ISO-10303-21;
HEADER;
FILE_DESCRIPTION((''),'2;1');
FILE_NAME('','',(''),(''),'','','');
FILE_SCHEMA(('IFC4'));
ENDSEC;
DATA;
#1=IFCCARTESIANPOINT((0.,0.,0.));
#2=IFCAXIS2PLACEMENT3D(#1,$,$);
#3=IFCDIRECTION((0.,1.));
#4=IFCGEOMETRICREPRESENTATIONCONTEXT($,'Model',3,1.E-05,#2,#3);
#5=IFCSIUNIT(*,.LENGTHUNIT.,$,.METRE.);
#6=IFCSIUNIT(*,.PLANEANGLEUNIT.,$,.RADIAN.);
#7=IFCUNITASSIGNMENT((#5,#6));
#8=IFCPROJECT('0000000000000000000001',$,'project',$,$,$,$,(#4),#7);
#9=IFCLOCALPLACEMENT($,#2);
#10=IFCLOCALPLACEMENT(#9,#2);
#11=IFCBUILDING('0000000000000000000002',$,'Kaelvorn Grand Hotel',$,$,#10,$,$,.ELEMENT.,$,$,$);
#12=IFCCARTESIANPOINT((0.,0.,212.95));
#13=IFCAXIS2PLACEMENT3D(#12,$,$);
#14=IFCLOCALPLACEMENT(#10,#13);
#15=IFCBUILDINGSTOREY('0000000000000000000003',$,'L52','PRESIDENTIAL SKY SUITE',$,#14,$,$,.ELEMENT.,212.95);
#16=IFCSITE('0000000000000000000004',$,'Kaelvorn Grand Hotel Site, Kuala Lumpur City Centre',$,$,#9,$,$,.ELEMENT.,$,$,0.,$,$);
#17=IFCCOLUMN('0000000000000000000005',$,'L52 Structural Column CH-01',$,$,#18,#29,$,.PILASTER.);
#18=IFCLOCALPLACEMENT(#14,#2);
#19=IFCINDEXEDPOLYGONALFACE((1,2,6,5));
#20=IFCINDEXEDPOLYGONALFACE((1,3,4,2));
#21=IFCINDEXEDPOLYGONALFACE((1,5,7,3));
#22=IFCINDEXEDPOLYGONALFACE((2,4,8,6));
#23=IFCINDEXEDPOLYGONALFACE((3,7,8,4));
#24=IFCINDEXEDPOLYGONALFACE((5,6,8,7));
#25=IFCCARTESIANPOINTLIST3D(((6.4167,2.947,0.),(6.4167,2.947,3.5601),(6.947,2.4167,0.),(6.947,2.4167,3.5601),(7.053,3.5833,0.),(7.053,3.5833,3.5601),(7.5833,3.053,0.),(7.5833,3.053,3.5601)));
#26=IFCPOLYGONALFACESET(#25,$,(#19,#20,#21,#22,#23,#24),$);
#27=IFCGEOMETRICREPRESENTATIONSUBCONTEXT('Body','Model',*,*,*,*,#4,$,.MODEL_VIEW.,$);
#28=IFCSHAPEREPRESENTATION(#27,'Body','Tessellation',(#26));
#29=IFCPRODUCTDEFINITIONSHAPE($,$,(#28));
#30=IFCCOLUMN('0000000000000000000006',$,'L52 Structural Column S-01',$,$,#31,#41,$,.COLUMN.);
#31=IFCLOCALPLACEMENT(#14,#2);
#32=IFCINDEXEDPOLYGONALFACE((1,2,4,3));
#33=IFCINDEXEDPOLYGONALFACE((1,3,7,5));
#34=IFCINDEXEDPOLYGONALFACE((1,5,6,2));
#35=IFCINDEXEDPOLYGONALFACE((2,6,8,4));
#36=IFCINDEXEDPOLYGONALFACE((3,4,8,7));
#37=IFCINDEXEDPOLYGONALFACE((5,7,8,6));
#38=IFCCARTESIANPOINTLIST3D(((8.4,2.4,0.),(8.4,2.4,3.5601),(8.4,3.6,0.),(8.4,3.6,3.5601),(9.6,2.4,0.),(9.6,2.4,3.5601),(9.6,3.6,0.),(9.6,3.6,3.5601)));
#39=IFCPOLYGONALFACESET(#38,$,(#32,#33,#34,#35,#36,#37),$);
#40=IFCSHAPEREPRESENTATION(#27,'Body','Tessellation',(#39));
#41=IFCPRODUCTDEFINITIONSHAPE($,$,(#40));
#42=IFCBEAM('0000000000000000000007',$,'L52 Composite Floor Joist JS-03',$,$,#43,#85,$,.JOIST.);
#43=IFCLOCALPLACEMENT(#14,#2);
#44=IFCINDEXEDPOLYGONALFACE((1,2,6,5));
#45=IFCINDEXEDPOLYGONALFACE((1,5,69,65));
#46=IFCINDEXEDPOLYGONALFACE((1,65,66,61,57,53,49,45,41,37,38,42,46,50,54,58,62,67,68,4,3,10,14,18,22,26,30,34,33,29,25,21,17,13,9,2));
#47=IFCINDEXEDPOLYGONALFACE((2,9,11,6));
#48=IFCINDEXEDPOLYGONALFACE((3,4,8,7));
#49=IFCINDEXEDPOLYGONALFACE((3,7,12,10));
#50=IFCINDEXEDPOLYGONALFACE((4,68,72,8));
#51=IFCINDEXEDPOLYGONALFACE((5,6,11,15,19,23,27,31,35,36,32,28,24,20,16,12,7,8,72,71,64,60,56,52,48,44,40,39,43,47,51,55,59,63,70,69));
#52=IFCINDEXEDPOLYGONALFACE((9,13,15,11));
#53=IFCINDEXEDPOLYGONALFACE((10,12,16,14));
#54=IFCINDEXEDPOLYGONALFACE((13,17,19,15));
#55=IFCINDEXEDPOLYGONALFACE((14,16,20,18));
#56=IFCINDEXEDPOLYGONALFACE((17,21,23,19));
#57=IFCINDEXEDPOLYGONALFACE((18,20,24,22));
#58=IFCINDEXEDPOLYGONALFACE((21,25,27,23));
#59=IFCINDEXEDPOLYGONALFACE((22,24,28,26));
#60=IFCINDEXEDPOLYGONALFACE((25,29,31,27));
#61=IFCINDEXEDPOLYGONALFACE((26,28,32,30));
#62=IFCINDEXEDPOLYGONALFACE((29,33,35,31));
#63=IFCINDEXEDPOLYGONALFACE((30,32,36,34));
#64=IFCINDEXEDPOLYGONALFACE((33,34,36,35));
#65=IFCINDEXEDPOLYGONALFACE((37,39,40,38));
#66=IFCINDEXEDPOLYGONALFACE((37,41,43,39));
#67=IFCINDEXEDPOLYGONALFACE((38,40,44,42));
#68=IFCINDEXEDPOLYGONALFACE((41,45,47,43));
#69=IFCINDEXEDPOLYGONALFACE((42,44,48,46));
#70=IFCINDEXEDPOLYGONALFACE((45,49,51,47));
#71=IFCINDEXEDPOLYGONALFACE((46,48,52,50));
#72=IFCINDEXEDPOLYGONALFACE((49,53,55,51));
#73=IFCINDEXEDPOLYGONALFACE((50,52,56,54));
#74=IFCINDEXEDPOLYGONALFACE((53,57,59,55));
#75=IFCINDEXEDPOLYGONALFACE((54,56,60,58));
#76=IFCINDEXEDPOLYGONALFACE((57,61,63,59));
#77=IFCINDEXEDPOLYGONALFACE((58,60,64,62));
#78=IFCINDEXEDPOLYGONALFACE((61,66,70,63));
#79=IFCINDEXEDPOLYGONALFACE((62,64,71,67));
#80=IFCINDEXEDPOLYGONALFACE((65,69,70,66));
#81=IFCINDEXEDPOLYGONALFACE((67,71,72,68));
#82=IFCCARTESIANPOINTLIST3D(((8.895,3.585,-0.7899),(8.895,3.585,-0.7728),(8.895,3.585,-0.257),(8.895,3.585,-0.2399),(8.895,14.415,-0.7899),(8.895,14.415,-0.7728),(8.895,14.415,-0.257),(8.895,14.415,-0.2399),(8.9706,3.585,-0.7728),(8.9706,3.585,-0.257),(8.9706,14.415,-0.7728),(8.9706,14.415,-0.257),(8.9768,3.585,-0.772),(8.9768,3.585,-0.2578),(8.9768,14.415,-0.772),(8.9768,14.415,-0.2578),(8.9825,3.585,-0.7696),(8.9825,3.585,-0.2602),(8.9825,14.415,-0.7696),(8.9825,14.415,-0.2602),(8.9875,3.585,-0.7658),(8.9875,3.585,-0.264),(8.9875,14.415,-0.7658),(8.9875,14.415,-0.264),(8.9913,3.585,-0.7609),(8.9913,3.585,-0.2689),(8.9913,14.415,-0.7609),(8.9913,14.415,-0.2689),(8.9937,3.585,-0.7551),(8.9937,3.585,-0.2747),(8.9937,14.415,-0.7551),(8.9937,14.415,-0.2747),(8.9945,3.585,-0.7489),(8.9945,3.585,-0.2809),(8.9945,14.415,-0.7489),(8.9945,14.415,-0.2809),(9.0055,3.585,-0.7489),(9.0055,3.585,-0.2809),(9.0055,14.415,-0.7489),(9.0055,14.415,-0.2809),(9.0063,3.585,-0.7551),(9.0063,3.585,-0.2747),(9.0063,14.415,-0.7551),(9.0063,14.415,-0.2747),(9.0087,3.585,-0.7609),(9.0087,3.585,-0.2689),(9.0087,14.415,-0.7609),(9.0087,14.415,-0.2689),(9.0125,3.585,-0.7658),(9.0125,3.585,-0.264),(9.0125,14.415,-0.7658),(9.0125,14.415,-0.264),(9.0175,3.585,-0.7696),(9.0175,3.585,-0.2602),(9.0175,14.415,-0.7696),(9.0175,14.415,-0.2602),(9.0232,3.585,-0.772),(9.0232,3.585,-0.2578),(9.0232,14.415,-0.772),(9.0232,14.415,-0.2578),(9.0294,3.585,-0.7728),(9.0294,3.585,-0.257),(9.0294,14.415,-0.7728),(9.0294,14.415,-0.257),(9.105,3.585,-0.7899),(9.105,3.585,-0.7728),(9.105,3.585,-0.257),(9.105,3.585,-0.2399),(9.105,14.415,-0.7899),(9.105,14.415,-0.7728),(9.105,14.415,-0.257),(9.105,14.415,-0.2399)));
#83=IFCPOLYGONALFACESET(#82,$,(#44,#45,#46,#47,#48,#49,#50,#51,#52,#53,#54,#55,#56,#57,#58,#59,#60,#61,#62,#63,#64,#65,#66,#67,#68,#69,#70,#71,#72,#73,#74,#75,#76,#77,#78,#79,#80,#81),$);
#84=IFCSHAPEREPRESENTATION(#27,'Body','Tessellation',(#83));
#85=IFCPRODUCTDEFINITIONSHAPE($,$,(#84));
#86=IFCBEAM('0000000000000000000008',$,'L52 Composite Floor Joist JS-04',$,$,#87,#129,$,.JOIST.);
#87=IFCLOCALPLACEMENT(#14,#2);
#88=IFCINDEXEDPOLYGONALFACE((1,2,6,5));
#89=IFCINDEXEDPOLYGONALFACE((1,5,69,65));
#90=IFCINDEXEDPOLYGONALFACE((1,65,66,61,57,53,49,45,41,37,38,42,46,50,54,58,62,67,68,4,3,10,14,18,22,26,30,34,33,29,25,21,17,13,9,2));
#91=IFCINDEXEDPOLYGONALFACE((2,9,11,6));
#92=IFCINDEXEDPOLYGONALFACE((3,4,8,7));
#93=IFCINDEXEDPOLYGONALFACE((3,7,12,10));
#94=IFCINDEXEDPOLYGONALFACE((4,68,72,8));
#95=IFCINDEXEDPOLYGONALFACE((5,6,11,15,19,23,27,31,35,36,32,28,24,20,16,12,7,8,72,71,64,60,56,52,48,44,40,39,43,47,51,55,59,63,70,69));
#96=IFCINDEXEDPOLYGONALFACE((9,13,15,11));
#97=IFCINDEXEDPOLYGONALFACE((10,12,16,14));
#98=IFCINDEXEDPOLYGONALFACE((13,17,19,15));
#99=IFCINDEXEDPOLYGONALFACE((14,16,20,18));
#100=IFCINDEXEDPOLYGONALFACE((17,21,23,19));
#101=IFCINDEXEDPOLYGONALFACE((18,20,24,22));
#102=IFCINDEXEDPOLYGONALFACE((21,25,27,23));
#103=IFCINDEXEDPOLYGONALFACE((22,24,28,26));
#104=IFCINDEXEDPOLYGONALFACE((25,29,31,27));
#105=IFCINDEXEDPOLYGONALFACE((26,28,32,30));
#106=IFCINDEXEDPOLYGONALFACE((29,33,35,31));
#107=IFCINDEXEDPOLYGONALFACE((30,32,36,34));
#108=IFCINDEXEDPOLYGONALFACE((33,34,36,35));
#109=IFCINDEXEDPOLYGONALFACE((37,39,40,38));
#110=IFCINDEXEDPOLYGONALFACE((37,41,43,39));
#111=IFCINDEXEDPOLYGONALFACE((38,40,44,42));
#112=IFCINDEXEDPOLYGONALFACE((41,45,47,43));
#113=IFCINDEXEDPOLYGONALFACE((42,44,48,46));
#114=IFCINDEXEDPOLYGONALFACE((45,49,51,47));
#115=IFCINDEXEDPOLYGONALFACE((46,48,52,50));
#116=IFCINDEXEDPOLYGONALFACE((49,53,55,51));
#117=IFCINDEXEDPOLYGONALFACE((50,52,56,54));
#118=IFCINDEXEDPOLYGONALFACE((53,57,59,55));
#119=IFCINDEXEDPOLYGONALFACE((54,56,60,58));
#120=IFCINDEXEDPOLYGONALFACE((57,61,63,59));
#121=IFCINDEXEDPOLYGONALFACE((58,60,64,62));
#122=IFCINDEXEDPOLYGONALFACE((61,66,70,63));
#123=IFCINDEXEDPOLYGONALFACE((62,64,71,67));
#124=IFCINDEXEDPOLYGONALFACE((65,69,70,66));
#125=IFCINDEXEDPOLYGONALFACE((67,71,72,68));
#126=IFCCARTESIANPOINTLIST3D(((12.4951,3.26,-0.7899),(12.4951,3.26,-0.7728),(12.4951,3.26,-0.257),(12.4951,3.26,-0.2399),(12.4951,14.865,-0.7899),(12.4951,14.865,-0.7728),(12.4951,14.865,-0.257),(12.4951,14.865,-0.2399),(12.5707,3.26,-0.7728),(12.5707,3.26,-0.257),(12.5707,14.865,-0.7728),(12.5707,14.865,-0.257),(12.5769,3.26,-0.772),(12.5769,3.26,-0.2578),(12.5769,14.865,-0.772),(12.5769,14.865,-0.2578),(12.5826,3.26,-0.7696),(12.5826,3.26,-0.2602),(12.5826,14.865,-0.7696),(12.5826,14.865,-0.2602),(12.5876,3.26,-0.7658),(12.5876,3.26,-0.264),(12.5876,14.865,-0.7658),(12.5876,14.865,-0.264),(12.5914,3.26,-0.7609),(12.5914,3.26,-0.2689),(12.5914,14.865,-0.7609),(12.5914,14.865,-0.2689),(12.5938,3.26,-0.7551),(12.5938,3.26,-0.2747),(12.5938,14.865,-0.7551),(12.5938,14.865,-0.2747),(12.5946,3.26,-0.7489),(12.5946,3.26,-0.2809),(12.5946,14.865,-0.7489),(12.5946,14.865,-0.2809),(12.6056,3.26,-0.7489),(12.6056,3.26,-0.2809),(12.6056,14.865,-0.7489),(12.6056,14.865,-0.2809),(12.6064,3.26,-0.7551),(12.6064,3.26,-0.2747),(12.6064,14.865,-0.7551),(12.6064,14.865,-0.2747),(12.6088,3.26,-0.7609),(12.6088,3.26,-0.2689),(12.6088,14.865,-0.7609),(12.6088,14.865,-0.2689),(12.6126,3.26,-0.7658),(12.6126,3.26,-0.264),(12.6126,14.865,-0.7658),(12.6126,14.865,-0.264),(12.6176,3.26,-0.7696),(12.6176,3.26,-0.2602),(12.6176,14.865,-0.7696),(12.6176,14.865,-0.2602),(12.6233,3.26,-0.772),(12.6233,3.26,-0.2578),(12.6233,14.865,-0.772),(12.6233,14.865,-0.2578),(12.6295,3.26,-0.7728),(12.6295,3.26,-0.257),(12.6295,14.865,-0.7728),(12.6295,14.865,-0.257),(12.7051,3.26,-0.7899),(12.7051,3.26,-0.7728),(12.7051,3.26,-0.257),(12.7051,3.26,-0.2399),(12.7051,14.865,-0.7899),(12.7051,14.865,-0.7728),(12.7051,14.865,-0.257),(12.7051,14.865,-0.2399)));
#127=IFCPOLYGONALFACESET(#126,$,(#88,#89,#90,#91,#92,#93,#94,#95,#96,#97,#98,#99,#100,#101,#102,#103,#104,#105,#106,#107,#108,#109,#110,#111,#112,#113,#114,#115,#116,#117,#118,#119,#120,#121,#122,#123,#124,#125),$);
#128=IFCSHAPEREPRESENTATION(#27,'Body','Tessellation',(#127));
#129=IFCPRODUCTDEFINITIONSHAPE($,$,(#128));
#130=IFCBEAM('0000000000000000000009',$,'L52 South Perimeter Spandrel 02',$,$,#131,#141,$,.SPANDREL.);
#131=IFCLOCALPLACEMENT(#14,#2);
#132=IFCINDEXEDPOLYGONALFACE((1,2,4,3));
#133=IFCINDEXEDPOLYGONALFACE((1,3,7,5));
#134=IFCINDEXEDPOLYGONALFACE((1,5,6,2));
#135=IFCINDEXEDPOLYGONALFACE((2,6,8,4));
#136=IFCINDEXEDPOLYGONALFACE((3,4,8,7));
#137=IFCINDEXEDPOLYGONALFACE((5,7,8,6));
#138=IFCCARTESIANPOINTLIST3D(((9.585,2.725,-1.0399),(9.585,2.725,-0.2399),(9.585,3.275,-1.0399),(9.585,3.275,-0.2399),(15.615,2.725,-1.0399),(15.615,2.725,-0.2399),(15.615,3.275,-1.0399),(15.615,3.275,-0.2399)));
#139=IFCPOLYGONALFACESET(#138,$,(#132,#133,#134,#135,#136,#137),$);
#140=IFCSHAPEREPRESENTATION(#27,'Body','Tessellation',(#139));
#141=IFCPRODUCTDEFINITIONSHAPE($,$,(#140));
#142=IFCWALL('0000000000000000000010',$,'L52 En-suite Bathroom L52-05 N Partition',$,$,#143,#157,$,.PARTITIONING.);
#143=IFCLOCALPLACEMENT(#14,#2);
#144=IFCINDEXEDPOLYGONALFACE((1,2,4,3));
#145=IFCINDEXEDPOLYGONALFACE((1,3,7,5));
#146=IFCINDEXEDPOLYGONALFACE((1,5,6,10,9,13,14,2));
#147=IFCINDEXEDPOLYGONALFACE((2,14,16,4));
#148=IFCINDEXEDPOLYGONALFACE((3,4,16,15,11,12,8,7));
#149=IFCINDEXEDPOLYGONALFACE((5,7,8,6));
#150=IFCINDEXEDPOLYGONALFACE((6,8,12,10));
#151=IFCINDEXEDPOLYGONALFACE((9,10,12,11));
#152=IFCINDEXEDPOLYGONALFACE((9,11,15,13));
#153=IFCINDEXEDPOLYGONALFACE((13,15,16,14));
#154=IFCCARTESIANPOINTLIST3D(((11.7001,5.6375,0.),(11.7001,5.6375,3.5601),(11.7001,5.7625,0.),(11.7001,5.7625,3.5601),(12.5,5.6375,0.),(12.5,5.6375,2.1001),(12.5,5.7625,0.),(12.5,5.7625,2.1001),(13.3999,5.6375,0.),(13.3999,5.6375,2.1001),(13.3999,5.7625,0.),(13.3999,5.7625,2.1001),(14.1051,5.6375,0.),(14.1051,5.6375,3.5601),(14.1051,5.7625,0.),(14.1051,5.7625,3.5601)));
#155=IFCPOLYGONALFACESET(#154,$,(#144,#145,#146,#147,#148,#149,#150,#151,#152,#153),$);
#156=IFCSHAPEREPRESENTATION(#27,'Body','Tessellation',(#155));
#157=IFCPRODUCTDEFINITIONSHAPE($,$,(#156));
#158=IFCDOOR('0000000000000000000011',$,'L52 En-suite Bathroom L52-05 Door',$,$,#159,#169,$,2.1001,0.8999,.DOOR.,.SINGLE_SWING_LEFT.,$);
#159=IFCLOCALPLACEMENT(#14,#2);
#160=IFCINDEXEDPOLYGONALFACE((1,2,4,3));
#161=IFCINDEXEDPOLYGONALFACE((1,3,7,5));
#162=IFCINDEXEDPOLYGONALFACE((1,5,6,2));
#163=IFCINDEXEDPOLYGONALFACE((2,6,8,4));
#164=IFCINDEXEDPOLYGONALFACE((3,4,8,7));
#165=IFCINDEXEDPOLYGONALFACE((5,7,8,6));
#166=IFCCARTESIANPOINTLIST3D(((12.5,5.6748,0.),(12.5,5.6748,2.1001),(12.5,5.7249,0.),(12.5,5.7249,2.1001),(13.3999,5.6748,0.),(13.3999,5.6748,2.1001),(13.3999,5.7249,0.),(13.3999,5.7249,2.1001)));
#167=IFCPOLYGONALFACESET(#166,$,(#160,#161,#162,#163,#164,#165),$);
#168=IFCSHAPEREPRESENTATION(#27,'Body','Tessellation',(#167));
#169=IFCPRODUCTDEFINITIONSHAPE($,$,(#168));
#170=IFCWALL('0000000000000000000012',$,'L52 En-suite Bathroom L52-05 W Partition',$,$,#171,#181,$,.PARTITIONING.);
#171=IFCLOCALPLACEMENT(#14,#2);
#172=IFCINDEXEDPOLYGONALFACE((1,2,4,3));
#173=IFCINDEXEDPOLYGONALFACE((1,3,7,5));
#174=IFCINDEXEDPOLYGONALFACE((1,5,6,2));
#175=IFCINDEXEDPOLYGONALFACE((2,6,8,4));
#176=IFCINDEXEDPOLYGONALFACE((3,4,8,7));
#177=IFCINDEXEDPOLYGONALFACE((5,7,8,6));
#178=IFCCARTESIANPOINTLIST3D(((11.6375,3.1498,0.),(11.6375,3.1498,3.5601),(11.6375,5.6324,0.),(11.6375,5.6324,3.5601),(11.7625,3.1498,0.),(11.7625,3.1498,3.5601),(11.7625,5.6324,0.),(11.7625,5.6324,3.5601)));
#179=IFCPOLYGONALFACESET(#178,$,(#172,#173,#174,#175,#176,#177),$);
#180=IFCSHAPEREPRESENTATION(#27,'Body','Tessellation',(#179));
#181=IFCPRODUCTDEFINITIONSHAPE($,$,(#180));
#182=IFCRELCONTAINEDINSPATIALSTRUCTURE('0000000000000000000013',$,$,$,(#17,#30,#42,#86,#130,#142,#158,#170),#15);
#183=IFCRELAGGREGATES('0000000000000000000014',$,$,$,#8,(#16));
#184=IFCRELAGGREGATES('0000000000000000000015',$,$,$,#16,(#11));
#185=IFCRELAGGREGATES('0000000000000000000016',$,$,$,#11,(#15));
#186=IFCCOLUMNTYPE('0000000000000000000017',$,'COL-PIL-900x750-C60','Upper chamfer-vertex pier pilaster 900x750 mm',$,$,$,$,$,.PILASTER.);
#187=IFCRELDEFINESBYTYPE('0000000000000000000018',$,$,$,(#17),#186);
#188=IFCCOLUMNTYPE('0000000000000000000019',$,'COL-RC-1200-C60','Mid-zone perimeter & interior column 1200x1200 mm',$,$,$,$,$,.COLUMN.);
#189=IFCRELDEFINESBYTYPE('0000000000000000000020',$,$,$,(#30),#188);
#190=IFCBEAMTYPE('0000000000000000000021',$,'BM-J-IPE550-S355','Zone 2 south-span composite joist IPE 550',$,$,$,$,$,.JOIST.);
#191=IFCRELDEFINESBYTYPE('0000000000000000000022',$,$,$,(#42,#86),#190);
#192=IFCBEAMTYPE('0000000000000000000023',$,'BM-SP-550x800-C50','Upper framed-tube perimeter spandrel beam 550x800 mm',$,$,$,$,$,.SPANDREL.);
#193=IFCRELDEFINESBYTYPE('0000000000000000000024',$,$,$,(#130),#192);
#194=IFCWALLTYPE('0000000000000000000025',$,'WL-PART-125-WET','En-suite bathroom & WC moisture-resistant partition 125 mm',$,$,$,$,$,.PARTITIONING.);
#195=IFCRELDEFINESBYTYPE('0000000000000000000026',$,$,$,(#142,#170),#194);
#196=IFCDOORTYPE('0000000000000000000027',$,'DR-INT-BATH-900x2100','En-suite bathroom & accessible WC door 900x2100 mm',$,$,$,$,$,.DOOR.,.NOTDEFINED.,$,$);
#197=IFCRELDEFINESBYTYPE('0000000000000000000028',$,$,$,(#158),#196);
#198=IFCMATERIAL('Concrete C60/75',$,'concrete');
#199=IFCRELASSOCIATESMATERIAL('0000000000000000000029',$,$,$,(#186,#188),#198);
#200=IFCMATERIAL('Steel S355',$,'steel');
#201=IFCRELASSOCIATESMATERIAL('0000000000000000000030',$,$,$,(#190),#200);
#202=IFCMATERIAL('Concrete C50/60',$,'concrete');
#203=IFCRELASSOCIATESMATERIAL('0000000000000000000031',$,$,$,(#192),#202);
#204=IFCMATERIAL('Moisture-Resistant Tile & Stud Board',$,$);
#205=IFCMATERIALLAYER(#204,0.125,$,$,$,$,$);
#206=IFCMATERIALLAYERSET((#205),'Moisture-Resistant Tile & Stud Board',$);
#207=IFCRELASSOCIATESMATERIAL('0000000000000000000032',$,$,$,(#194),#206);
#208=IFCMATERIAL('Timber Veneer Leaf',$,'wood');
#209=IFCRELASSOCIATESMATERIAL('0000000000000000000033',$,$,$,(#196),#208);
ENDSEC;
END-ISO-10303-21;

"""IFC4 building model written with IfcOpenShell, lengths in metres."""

from ifc_helpers import new_model, si_unit, direction, frame, frame_2d, origin, origin_2d, place, context, subcontext, project, spatial, rectangle, i_section, extrude, material, layer, layer_set, material_profile, profile_set, type_object, element, fill, save


model = new_model("IFC4")

# Units and contexts
model_context = context("Model", 3, precision=1e-05, world=origin(), true_north=direction((0.0, 1.0)))
body_context = subcontext(model_context, "Body", "Model", "MODEL_VIEW")
ifc_project = project(units=[si_unit("LENGTHUNIT", "METRE"), si_unit("PLANEANGLEUNIT", "RADIAN")], contexts=[model_context])

# Site, building, storey
site_placement = place(None, origin())
site = spatial("IfcSite", under=ifc_project, at=site_placement, Name="Kaelvorn Grand Hotel Site, Kuala Lumpur City Centre", CompositionType="ELEMENT", RefElevation=0.0)
building_placement = place(site_placement, origin())
building = spatial("IfcBuilding", under=site, at=building_placement, Name="Kaelvorn Grand Hotel", CompositionType="ELEMENT")
storey_placement = place(building_placement, frame((0.0, 0.0, 212.95)))
storey = spatial("IfcBuildingStorey", under=building, at=storey_placement, Name="L52", Description="PRESIDENTIAL SKY SUITE", CompositionType="ELEMENT", Elevation=212.95)

# Columns
ifc_material_1 = material(Name="Concrete C60/75", Category="concrete")
ifc_material_profile_1 = material_profile(ifc_material_1, rectangle(XDim=0.8999, YDim=0.75, at=origin_2d()), Name="RC PILASTER 900x750")
ifc_profile_set_1 = profile_set([ifc_material_profile_1], Name="Concrete C60/75")
column_type_1 = type_object("IfcColumnType", Name="COL-PIL-900x750-C60", Description="Upper chamfer-vertex pier pilaster 900x750 mm", PredefinedType="PILASTER", material=ifc_profile_set_1)
column_1_placement = place(storey_placement, frame((7.0, 3.0, 0.0), z_axis=(0.0, 0.0, 1.0), x_axis=(0.707107, 0.707107, 0.0)))
element("IfcColumn", 1, at=column_1_placement, inside=storey, type_object=column_type_1, Name="L52 Structural Column CH-01", PredefinedType="PILASTER", context=body_context, shape_type="SweptSolid", body=[
    extrude(rectangle(XDim=0.8999, YDim=0.75, at=origin_2d()), origin(), (0.0, 0.0, 1.0), 3.5601),
])
ifc_material_profile_2 = material_profile(ifc_material_1, rectangle(XDim=1.2, YDim=1.2, at=origin_2d()), Name="RC COL 1200x1200")
ifc_profile_set_2 = profile_set([ifc_material_profile_2], Name="Concrete C60/75")
column_type_2 = type_object("IfcColumnType", Name="COL-RC-1200-C60", Description="Mid-zone perimeter & interior column 1200x1200 mm", PredefinedType="COLUMN", material=ifc_profile_set_2)
column_2_placement = place(storey_placement, frame((9.0, 3.0, 0.0), z_axis=(0.0, 0.0, 1.0), x_axis=(1.0, 0.0, 0.0)))
element("IfcColumn", 2, at=column_2_placement, inside=storey, type_object=column_type_2, Name="L52 Structural Column S-01", PredefinedType="COLUMN", context=body_context, shape_type="SweptSolid", body=[
    extrude(rectangle(XDim=1.2, YDim=1.2, at=origin_2d()), origin(), (0.0, 0.0, 1.0), 3.5601),
])

# Beams
ifc_material_2 = material(Name="Steel S355", Category="steel")
ifc_material_profile_3 = material_profile(ifc_material_2, i_section(OverallWidth=0.21, OverallDepth=0.55, WebThickness=0.011, FlangeThickness=0.0171, FilletRadius=0.0239, at=origin_2d()), Name="IPE 550")
ifc_profile_set_3 = profile_set([ifc_material_profile_3], Name="Steel S355")
beam_type_1 = type_object("IfcBeamType", Name="BM-J-IPE550-S355", Description="Zone 2 south-span composite joist IPE 550", PredefinedType="JOIST", material=ifc_profile_set_3)
beam_1_placement = place(storey_placement, frame((9.0, 3.585, -0.5149), z_axis=(0.0, 1.0, 0.0), x_axis=(-1.0, 0.0, 0.0)))
element("IfcBeam", 3, at=beam_1_placement, inside=storey, type_object=beam_type_1, Name="L52 Composite Floor Joist JS-03", PredefinedType="JOIST", context=body_context, shape_type="SweptSolid", body=[
    extrude(i_section(OverallWidth=0.21, OverallDepth=0.55, WebThickness=0.011, FlangeThickness=0.0171, FilletRadius=0.0239, at=origin_2d()), origin(), (0.0, 0.0, 1.0), 10.8301),
])
beam_2_placement = place(storey_placement, frame((12.6001, 3.26, -0.5149), z_axis=(0.0, 1.0, 0.0), x_axis=(-1.0, 0.0, 0.0)))
element("IfcBeam", 4, at=beam_2_placement, inside=storey, type_object=beam_type_1, Name="L52 Composite Floor Joist JS-04", PredefinedType="JOIST", context=body_context, shape_type="SweptSolid", body=[
    extrude(i_section(OverallWidth=0.21, OverallDepth=0.55, WebThickness=0.011, FlangeThickness=0.0171, FilletRadius=0.0239, at=origin_2d()), origin(), (0.0, 0.0, 1.0), 11.605),
])
ifc_material_3 = material(Name="Concrete C50/60", Category="concrete")
ifc_material_profile_4 = material_profile(ifc_material_3, rectangle(XDim=0.55, YDim=0.8, at=origin_2d()), Name="RC SPANDREL 550x800")
ifc_profile_set_4 = profile_set([ifc_material_profile_4], Name="Concrete C50/60")
beam_type_2 = type_object("IfcBeamType", Name="BM-SP-550x800-C50", Description="Upper framed-tube perimeter spandrel beam 550x800 mm", PredefinedType="SPANDREL", material=ifc_profile_set_4)
beam_3_placement = place(storey_placement, frame((9.585, 3.0, -0.6399), z_axis=(1.0, 0.0, 0.0), x_axis=(0.0, 1.0, 0.0)))
element("IfcBeam", 5, at=beam_3_placement, inside=storey, type_object=beam_type_2, Name="L52 South Perimeter Spandrel 02", PredefinedType="SPANDREL", context=body_context, shape_type="SweptSolid", body=[
    extrude(rectangle(XDim=0.55, YDim=0.8, at=origin_2d()), origin(), (0.0, 0.0, 1.0), 6.03),
])

# Wall, opening, door
ifc_material_4 = material(Name="Moisture-Resistant Tile & Stud Board")
ifc_layer_1 = layer(ifc_material_4, 0.125)
ifc_layer_set_1 = layer_set([ifc_layer_1], Name="Moisture-Resistant Tile & Stud Board")
wall_type_1 = type_object("IfcWallType", Name="WL-PART-125-WET", Description="En-suite bathroom & WC moisture-resistant partition 125 mm", PredefinedType="PARTITIONING", material=ifc_layer_set_1)
wall_1_placement = place(storey_placement, frame((11.7, 5.7, 0.0), z_axis=(0.0, 0.0, 1.0), x_axis=(1.0, 0.0, 0.0)))
wall_1 = element("IfcWall", 6, at=wall_1_placement, inside=storey, type_object=wall_type_1, Name="L52 En-suite Bathroom L52-05 N Partition", PredefinedType="PARTITIONING", context=body_context, shape_type="SweptSolid", body=[
    extrude(rectangle(XDim=2.405, YDim=0.125, at=frame_2d((1.2026, 0.0))), origin(), (0.0, 0.0, 1.0), 3.5601),
])
opening_1_placement = place(wall_1_placement, frame((0.8, 0.0, 0.0)))
opening_1 = element("IfcOpeningElement", 7, at=opening_1_placement, cuts=wall_1, PredefinedType="OPENING", context=body_context, shape_type="SweptSolid", body=[
    extrude(rectangle(XDim=0.8999, YDim=2.1001, at=frame_2d((0.45, 1.05))), frame((0.0, 0.0725, 0.0), z_axis=(0.0, -1.0, 0.0), x_axis=(1.0, 0.0, 0.0)), (0.0, 0.0, 1.0), 0.145),
])
ifc_material_5 = material(Name="Timber Veneer Leaf", Category="wood")
door_type_1 = type_object("IfcDoorType", Name="DR-INT-BATH-900x2100", Description="En-suite bathroom & accessible WC door 900x2100 mm", OperationType="NOTDEFINED", PredefinedType="DOOR", material=ifc_material_5)
door_1_placement = place(opening_1_placement, origin())
door_1 = element("IfcDoor", 8, at=door_1_placement, inside=storey, type_object=door_type_1, Name="L52 En-suite Bathroom L52-05 Door", OperationType="SINGLE_SWING_LEFT", OverallHeight=2.1001, OverallWidth=0.8999, PredefinedType="DOOR", context=body_context, shape_type="SweptSolid", body=[
    extrude(rectangle(XDim=0.8999, YDim=2.1001, at=frame_2d((0.45, 1.05))), frame((0.0, 0.0249, 0.0), z_axis=(0.0, -1.0, 0.0), x_axis=(1.0, 0.0, 0.0)), (0.0, 0.0, 1.0), 0.05),
])
fill(opening_1, door_1)

# Wall
wall_2_placement = place(storey_placement, frame((11.7, 3.1499, 0.0), z_axis=(0.0, 0.0, 1.0), x_axis=(0.0, 1.0, 0.0)))
element("IfcWall", 9, at=wall_2_placement, inside=storey, type_object=wall_type_1, Name="L52 En-suite Bathroom L52-05 W Partition", PredefinedType="PARTITIONING", context=body_context, shape_type="SweptSolid", body=[
    extrude(rectangle(XDim=2.4827, YDim=0.125, at=frame_2d((1.2412, 0.0))), origin(), (0.0, 0.0, 1.0), 3.5601),
])

save(model, "model.ifc")
